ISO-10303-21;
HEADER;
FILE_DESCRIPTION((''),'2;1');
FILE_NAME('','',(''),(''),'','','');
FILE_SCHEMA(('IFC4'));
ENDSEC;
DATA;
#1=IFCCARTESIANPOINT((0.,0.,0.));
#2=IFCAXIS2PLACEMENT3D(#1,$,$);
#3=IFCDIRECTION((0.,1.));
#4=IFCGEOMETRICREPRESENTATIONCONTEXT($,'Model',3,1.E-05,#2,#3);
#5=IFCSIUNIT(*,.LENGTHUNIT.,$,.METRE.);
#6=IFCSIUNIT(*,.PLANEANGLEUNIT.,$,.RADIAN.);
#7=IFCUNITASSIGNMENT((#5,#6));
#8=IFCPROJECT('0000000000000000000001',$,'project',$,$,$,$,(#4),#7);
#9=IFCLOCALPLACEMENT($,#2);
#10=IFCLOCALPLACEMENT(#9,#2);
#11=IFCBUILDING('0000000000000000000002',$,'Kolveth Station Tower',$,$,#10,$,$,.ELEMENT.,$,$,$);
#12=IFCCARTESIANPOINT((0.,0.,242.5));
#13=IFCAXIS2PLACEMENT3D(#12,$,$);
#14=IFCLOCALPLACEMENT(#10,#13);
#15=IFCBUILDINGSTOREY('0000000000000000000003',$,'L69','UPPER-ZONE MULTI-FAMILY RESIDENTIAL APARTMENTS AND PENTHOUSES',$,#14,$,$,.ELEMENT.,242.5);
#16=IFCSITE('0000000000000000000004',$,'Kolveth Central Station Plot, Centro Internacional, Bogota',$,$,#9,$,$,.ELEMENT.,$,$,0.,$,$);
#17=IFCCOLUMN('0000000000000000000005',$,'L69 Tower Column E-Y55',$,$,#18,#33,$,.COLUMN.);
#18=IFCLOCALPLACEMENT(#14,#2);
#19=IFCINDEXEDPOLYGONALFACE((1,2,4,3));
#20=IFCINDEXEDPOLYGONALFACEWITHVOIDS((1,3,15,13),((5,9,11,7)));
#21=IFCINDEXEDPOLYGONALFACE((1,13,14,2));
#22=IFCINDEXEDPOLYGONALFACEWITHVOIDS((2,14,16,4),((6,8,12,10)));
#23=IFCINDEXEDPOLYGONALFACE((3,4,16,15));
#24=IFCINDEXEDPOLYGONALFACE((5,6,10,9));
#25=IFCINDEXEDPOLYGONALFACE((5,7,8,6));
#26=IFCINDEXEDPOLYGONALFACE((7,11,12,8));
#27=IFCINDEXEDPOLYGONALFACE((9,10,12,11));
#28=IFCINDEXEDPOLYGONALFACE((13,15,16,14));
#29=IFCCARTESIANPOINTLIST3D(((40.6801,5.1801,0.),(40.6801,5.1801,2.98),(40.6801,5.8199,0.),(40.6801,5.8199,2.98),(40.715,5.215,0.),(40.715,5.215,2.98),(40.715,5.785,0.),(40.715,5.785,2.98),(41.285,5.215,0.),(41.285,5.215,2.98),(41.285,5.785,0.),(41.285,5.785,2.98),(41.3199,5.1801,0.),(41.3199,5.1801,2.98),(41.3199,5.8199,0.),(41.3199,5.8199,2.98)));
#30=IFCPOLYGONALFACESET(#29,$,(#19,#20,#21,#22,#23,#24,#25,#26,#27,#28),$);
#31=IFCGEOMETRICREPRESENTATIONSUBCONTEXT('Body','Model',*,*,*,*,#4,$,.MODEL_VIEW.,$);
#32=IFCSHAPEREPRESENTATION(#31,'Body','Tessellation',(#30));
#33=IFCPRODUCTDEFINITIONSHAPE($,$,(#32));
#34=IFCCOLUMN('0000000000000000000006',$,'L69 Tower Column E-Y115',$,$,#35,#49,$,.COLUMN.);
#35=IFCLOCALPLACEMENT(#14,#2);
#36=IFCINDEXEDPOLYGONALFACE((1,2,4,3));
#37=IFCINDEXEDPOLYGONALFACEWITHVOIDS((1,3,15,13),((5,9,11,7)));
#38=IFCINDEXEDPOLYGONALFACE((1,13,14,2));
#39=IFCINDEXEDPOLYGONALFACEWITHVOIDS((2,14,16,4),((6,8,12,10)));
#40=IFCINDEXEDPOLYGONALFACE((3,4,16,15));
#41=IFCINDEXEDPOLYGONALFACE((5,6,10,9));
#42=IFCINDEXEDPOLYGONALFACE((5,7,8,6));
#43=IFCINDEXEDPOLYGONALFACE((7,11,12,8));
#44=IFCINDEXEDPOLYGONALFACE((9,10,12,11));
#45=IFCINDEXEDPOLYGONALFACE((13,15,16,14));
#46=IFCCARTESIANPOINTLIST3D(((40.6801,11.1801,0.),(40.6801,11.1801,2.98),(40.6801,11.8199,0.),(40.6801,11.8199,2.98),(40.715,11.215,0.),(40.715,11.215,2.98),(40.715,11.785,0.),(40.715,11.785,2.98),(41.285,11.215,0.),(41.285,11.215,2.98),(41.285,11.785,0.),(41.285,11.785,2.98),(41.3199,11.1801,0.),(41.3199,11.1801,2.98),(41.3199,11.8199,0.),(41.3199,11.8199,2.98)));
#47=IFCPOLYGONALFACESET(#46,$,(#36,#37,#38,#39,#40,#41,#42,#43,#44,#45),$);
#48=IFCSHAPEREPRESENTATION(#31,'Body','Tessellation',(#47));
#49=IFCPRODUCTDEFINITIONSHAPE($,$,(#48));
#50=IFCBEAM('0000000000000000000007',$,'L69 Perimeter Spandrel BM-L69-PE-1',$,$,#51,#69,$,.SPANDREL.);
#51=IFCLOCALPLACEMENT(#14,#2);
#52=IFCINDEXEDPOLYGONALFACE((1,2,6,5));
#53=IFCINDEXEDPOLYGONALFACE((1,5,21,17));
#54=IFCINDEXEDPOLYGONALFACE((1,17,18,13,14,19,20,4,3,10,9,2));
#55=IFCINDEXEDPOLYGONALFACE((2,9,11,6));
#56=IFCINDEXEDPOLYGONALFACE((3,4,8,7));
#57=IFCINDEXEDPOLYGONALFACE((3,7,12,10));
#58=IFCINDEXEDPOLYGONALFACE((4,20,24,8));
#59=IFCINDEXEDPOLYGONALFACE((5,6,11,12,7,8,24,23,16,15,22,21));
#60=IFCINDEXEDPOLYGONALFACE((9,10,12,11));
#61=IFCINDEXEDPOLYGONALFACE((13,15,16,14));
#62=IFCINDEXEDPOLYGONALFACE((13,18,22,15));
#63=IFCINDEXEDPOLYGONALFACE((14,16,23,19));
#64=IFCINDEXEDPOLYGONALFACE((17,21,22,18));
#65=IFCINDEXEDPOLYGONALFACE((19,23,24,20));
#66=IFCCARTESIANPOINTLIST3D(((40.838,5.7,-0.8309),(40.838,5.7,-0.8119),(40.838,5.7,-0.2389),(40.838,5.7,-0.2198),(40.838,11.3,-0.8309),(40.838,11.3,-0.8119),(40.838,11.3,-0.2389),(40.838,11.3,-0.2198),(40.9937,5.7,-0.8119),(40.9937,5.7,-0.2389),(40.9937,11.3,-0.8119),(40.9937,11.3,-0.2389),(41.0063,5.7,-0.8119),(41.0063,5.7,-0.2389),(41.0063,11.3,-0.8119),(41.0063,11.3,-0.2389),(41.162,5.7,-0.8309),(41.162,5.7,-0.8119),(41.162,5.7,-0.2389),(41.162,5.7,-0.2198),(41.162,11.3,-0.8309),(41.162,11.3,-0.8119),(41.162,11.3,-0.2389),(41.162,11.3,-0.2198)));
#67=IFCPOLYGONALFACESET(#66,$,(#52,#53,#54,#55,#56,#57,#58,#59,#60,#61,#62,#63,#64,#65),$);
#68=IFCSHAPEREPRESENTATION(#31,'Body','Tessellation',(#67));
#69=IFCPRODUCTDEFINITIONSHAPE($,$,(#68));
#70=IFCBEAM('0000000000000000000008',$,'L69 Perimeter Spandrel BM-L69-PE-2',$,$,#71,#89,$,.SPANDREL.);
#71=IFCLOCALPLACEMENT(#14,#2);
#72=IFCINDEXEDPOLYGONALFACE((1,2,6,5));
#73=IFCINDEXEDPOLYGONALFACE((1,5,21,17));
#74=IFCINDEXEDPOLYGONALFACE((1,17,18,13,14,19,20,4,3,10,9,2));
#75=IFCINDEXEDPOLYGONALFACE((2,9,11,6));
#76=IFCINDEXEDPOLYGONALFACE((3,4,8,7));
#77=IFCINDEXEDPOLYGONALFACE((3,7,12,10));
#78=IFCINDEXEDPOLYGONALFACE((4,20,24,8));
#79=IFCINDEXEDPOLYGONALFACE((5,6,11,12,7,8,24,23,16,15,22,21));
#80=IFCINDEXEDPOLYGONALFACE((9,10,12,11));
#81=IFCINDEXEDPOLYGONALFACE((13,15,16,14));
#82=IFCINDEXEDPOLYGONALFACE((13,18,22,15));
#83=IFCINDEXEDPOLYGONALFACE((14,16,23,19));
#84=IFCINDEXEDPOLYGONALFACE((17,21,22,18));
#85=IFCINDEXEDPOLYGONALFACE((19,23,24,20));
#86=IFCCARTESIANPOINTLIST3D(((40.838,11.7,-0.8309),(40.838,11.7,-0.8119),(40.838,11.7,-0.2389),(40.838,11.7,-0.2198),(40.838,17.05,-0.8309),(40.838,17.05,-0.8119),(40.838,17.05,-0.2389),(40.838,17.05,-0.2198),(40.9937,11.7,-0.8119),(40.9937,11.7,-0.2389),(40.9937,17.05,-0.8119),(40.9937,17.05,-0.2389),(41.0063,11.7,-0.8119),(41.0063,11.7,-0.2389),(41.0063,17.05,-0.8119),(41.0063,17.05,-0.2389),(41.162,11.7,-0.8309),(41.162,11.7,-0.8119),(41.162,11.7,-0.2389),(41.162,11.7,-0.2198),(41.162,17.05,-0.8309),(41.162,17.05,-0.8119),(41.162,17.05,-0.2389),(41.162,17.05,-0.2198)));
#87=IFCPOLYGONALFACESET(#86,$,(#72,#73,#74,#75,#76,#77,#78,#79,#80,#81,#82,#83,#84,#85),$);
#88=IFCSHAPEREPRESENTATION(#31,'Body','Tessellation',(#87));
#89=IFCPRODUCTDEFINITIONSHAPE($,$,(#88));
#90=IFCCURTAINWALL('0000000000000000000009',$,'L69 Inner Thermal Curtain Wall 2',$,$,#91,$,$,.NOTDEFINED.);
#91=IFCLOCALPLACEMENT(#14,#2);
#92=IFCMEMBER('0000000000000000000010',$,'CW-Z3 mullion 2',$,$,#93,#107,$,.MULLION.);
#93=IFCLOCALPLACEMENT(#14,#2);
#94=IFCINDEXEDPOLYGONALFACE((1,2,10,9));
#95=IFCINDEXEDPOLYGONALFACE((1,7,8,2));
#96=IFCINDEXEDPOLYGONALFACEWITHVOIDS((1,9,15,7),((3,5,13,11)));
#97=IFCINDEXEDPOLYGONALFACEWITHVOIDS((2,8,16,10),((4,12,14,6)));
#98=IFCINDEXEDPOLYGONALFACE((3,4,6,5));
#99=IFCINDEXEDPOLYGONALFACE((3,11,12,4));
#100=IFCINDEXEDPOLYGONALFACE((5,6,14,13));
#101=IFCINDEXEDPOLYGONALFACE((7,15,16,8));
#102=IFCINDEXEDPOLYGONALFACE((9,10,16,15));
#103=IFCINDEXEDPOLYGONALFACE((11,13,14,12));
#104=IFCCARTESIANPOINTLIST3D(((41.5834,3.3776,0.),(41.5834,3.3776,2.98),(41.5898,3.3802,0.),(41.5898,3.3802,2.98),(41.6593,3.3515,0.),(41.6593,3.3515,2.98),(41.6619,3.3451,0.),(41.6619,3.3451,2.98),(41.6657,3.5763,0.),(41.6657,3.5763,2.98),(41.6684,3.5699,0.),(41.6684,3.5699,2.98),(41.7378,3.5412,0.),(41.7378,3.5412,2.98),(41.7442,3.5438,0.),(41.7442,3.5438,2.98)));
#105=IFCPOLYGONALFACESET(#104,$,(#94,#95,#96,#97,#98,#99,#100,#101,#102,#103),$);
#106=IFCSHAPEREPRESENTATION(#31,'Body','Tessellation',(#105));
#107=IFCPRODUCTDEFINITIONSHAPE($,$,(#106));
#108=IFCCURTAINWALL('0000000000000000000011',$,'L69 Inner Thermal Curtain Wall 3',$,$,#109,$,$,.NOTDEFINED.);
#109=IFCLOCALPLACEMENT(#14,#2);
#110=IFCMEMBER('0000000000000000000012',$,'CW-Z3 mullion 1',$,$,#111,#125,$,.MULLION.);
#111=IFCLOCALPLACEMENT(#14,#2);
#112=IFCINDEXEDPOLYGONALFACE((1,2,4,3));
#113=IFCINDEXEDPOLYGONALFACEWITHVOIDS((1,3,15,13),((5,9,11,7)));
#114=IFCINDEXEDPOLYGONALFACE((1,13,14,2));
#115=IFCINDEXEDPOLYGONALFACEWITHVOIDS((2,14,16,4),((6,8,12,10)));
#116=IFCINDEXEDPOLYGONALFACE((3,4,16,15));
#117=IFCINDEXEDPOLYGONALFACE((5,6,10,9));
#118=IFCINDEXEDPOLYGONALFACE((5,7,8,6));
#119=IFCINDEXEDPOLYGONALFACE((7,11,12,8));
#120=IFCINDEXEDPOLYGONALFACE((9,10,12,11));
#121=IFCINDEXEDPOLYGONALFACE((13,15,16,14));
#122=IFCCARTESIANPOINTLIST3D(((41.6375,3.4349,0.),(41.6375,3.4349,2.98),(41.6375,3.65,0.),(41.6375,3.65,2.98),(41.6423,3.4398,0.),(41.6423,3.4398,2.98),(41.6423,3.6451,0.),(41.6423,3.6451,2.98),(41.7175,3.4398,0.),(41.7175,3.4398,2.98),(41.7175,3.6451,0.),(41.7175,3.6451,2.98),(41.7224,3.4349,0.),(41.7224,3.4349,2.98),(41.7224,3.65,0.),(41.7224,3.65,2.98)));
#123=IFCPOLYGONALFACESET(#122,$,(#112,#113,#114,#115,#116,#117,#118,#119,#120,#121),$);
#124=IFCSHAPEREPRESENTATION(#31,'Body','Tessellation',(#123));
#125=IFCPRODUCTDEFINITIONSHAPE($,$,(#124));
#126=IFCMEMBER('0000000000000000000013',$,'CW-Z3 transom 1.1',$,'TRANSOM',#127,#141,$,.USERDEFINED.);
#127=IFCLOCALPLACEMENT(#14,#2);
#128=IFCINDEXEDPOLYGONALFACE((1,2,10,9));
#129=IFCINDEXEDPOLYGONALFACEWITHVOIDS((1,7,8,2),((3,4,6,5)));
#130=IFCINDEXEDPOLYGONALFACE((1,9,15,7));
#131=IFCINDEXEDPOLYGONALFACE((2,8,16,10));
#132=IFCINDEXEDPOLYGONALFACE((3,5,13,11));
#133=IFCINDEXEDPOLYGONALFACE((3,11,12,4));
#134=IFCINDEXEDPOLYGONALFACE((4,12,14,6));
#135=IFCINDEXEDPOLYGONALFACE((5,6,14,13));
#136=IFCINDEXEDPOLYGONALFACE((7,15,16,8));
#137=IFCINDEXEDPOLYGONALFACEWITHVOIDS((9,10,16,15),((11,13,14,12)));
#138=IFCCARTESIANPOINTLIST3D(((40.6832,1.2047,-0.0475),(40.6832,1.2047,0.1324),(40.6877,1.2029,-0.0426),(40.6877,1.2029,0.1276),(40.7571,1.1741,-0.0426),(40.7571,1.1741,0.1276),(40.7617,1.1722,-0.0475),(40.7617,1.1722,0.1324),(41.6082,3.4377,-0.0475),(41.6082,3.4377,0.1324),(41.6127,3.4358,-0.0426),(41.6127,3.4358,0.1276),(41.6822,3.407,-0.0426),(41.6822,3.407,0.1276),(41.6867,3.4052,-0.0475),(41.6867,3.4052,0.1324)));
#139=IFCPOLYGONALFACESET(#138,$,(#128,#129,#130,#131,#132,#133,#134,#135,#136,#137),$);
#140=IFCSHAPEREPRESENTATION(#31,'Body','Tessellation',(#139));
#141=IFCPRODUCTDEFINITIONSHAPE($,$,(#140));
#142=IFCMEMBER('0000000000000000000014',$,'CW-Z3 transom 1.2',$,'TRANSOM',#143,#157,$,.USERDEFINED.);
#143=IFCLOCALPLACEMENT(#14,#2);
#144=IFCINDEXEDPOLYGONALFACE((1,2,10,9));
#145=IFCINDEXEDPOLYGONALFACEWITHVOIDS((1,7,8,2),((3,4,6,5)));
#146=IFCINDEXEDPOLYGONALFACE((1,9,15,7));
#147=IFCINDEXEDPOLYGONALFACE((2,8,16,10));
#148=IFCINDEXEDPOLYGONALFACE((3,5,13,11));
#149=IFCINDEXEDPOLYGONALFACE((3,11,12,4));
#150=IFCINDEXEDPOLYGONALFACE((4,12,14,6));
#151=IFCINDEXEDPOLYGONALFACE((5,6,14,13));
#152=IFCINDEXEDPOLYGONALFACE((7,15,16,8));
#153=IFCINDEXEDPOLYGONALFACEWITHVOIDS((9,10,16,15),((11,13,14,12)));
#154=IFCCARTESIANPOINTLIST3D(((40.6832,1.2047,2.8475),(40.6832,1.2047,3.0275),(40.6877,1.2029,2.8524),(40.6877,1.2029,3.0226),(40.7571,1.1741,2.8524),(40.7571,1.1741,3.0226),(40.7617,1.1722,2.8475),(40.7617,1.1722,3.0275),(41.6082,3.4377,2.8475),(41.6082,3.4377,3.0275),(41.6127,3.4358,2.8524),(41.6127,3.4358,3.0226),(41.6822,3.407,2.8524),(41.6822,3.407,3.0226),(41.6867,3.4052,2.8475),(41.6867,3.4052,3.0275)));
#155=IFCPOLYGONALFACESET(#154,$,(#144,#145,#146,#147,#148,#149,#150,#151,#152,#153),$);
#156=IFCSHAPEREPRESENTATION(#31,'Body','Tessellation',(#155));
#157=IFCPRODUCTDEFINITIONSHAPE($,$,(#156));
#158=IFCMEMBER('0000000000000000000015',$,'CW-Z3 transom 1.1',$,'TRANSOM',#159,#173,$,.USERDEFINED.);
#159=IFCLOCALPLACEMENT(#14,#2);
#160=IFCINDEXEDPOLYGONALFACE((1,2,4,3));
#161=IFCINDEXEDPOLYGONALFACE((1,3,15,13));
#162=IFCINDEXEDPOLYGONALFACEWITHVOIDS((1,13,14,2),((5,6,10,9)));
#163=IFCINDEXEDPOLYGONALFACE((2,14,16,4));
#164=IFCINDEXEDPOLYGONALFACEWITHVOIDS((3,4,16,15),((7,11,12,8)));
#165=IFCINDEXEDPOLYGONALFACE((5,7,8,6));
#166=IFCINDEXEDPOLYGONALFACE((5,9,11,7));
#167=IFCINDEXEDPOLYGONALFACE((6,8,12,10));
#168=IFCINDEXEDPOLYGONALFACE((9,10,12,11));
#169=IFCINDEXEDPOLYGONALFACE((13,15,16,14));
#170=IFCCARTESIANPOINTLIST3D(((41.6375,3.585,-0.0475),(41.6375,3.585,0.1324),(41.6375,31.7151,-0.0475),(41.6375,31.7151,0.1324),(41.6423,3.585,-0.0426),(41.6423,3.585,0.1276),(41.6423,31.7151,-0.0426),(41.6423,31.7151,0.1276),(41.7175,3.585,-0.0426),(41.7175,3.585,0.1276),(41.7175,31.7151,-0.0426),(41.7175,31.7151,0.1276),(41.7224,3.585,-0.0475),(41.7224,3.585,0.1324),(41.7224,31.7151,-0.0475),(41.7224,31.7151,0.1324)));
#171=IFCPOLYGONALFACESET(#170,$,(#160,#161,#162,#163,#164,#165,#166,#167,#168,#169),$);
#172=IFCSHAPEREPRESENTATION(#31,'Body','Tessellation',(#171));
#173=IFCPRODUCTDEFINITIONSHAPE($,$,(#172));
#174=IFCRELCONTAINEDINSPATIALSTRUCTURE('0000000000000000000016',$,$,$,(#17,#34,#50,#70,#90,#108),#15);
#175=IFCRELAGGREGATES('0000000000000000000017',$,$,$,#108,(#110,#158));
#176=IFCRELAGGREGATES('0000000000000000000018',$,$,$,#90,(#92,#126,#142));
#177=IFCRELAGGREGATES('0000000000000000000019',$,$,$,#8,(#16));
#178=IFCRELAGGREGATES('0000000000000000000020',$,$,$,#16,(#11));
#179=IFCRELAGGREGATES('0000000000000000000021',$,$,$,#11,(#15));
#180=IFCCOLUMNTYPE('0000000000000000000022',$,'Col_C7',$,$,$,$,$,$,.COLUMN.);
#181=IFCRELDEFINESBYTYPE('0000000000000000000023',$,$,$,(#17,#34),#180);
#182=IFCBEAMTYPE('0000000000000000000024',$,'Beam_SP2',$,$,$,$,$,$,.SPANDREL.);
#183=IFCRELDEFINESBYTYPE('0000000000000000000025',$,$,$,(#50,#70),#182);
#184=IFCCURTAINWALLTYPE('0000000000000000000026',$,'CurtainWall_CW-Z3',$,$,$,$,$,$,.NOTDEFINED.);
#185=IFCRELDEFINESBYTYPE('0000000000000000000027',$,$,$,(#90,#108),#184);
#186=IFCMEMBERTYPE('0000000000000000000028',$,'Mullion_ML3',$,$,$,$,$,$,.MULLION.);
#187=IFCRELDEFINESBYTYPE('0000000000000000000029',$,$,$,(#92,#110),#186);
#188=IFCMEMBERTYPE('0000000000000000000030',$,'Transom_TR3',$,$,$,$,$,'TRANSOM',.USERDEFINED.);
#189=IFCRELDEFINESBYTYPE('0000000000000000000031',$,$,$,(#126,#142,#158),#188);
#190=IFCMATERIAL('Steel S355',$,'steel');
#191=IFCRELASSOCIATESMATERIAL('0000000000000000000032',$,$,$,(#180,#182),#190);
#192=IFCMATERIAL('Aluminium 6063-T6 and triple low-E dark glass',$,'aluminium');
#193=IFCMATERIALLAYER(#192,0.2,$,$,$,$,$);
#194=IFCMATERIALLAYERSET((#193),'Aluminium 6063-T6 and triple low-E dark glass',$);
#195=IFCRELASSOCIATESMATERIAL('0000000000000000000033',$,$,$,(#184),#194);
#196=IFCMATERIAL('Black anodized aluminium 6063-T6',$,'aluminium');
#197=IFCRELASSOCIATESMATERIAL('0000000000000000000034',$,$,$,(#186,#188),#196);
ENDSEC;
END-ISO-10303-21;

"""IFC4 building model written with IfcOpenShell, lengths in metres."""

from ifc_helpers import new_model, si_unit, direction, frame, origin, origin_2d, place, context, subcontext, project, spatial, hollow_rectangle, i_section, extrude, source, transform, mapped, material, layer, layer_set, material_profile, profile_set, type_object, element, aggregate, save


model = new_model("IFC4")

# Units and contexts
model_context = context("Model", 3, precision=1e-05, world=origin(), true_north=direction((0.0, 1.0)))
body_context = subcontext(model_context, "Body", "Model", "MODEL_VIEW")
ifc_project = project(units=[si_unit("LENGTHUNIT", "METRE"), si_unit("PLANEANGLEUNIT", "RADIAN")], contexts=[model_context])

# Site, building, storey
site_placement = place(None, origin())
site = spatial("IfcSite", under=ifc_project, at=site_placement, Name="Kolveth Central Station Plot, Centro Internacional, Bogota", CompositionType="ELEMENT", RefElevation=0.0)
building_placement = place(site_placement, origin())
building = spatial("IfcBuilding", under=site, at=building_placement, Name="Kolveth Station Tower", CompositionType="ELEMENT")
storey_placement = place(building_placement, frame((0.0, 0.0, 242.5)))
storey = spatial("IfcBuildingStorey", under=building, at=storey_placement, Name="L69", Description="UPPER-ZONE MULTI-FAMILY RESIDENTIAL APARTMENTS AND PENTHOUSES", CompositionType="ELEMENT", Elevation=242.5)

# Columns
ifc_material_1 = material(Name="Steel S355", Category="steel")
ifc_material_profile_1 = material_profile(ifc_material_1, hollow_rectangle(XDim=0.6399, YDim=0.6399, WallThickness=0.0349, at=origin_2d()), Name="BOX640x640x35")
ifc_profile_set_1 = profile_set([ifc_material_profile_1], Name="Steel S355")
column_type = type_object("IfcColumnType", Name="Col_C7", PredefinedType="COLUMN", material=ifc_profile_set_1)
shared_shape_1 = source(origin(), body_context, "Body", "SweptSolid", [
    extrude(hollow_rectangle(XDim=0.6399, YDim=0.6399, WallThickness=0.0349, at=origin_2d()), origin(), (0.0, 0.0, 1.0), 2.98),
])
for number, where, z_axis, x_axis, name in (
    (1, (41.0, 5.5, 0.0), (0.0, 0.0, 1.0), (1.0, 0.0, 0.0), "L69 Tower Column E-Y55"),
    (2, (41.0, 11.5, 0.0), (0.0, 0.0, 1.0), (1.0, 0.0, 0.0), "L69 Tower Column E-Y115"),
):
    element("IfcColumn", number, at=place(storey_placement, frame(where, z_axis=z_axis, x_axis=x_axis)), inside=storey, type_object=column_type, Name=name, PredefinedType="COLUMN", context=body_context, shape_type="MappedRepresentation", body=[
        mapped(shared_shape_1, transform((0.0, 0.0, 0.0), x_axis=(1.0, 0.0, 0.0), y_axis=(0.0, 1.0, 0.0), z_axis=(0.0, 0.0, 1.0), scale=1.0)),
    ])

# Beams
ifc_material_profile_2 = material_profile(ifc_material_1, i_section(OverallWidth=0.324, OverallDepth=0.6111, WebThickness=0.0127, FlangeThickness=0.019, at=origin_2d()), Name="W610x155")
ifc_profile_set_2 = profile_set([ifc_material_profile_2], Name="Steel S355")
beam_type = type_object("IfcBeamType", Name="Beam_SP2", PredefinedType="SPANDREL", material=ifc_profile_set_2)
shared_shape_2 = source(origin(), body_context, "Body", "SweptSolid", [
    extrude(i_section(OverallWidth=0.324, OverallDepth=0.6111, WebThickness=0.0127, FlangeThickness=0.019, at=origin_2d()), origin(), (0.0, 0.0, 1.0), 5.6001),
])
beam_1_placement = place(storey_placement, frame((41.0, 5.7, -0.5254), z_axis=(0.0, 1.0, 0.0), x_axis=(-1.0, 0.0, 0.0)))
element("IfcBeam", 3, at=beam_1_placement, inside=storey, type_object=beam_type, Name="L69 Perimeter Spandrel BM-L69-PE-1", PredefinedType="SPANDREL", context=body_context, shape_type="MappedRepresentation", body=[
    mapped(shared_shape_2, transform((0.0, 0.0, 0.0), x_axis=(1.0, 0.0, 0.0), y_axis=(0.0, 1.0, 0.0), z_axis=(0.0, 0.0, 1.0), scale=1.0)),
])
shared_shape_3 = source(origin(), body_context, "Body", "SweptSolid", [
    extrude(i_section(OverallWidth=0.324, OverallDepth=0.6111, WebThickness=0.0127, FlangeThickness=0.019, at=origin_2d()), origin(), (0.0, 0.0, 1.0), 5.3501),
])
beam_2_placement = place(storey_placement, frame((41.0, 11.7, -0.5254), z_axis=(0.0, 1.0, 0.0), x_axis=(-1.0, 0.0, 0.0)))
element("IfcBeam", 4, at=beam_2_placement, inside=storey, type_object=beam_type, Name="L69 Perimeter Spandrel BM-L69-PE-2", PredefinedType="SPANDREL", context=body_context, shape_type="MappedRepresentation", body=[
    mapped(shared_shape_3, transform((0.0, 0.0, 0.0), x_axis=(1.0, 0.0, 0.0), y_axis=(0.0, 1.0, 0.0), z_axis=(0.0, 0.0, 1.0), scale=1.0)),
])

# Curtain walls, members
ifc_material_2 = material(Name="Aluminium 6063-T6 and triple low-E dark glass", Category="aluminium")
ifc_layer_1 = layer(ifc_material_2, 0.2)
ifc_layer_set_1 = layer_set([ifc_layer_1], Name="Aluminium 6063-T6 and triple low-E dark glass")
curtain_wall_type_1 = type_object("IfcCurtainWallType", Name="CurtainWall_CW-Z3", PredefinedType="NOTDEFINED", material=ifc_layer_set_1)
curtain_wall_1_placement = place(storey_placement, origin())
curtain_wall_1 = element("IfcCurtainWall", 5, at=curtain_wall_1_placement, inside=storey, type_object=curtain_wall_type_1, Name="L69 Inner Thermal Curtain Wall 2", PredefinedType="NOTDEFINED")
ifc_material_3 = material(Name="Black anodized aluminium 6063-T6", Category="aluminium")
ifc_material_profile_3 = material_profile(ifc_material_3, hollow_rectangle(XDim=0.085, YDim=0.2151, WallThickness=0.0049, at=origin_2d()), Name="ALU-85x215x5")
ifc_profile_set_3 = profile_set([ifc_material_profile_3], Name="Black anodized aluminium 6063-T6")
member_type_1 = type_object("IfcMemberType", Name="Mullion_ML3", PredefinedType="MULLION", material=ifc_profile_set_3)
shared_shape_4 = source(origin(), body_context, "Body", "SweptSolid", [
    extrude(hollow_rectangle(XDim=0.085, YDim=0.2151, WallThickness=0.0049, at=origin_2d()), origin(), (0.0, 0.0, 1.0), 2.98),
])
member_1_placement = place(storey_placement, frame((41.6638, 3.4607, 0.0), z_axis=(0.0, 0.0, 1.0), x_axis=(-0.923875, 0.382693, 0.0)))
member_1 = element("IfcMember", 6, at=member_1_placement, type_object=member_type_1, Name="CW-Z3 mullion 2", PredefinedType="MULLION", context=body_context, shape_type="MappedRepresentation", body=[
    mapped(shared_shape_4, transform((0.0, 0.0, 0.0), x_axis=(1.0, 0.0, 0.0), y_axis=(0.0, 1.0, 0.0), z_axis=(0.0, 0.0, 1.0), scale=1.0)),
])
curtain_wall_2_placement = place(storey_placement, origin())
curtain_wall_2 = element("IfcCurtainWall", 7, at=curtain_wall_2_placement, inside=storey, type_object=curtain_wall_type_1, Name="L69 Inner Thermal Curtain Wall 3", PredefinedType="NOTDEFINED")
member_2_placement = place(storey_placement, frame((41.6799, 3.5425, 0.0), z_axis=(0.0, 0.0, 1.0), x_axis=(-1.0, 0.0, 0.0)))
member_2 = element("IfcMember", 8, at=member_2_placement, type_object=member_type_1, Name="CW-Z3 mullion 1", PredefinedType="MULLION", context=body_context, shape_type="MappedRepresentation", body=[
    mapped(shared_shape_4, transform((0.0, 0.0, 0.0), x_axis=(1.0, 0.0, 0.0), y_axis=(0.0, 1.0, 0.0), z_axis=(0.0, 0.0, 1.0), scale=1.0)),
])

# Members
ifc_material_profile_4 = material_profile(ifc_material_3, hollow_rectangle(XDim=0.085, YDim=0.1799, WallThickness=0.0049, at=origin_2d()), Name="ALU-85x180x5")
ifc_profile_set_4 = profile_set([ifc_material_profile_4], Name="Black anodized aluminium 6063-T6")
member_type_2 = type_object("IfcMemberType", Name="Transom_TR3", ElementType="TRANSOM", PredefinedType="USERDEFINED", material=ifc_profile_set_4)
shared_shape_5 = source(origin(), body_context, "Body", "SweptSolid", [
    extrude(hollow_rectangle(XDim=0.085, YDim=0.1799, WallThickness=0.0049, at=origin_2d()), origin(), (0.0, 0.0, 1.0), 2.417),
])
member_3_placement = place(storey_placement, frame((40.7224, 1.1885, 0.0425), z_axis=(0.382735, 0.923858, 0.0), x_axis=(-0.923858, 0.382735, 0.0)))
member_3 = element("IfcMember", 9, at=member_3_placement, type_object=member_type_2, Name="CW-Z3 transom 1.1", ObjectType="TRANSOM", PredefinedType="USERDEFINED", context=body_context, shape_type="MappedRepresentation", body=[
    mapped(shared_shape_5, transform((0.0, 0.0, 0.0), x_axis=(1.0, 0.0, 0.0), y_axis=(0.0, 1.0, 0.0), z_axis=(0.0, 0.0, 1.0), scale=1.0)),
])
member_4_placement = place(storey_placement, frame((40.7224, 1.1885, 2.9375), z_axis=(0.382735, 0.923858, 0.0), x_axis=(-0.923858, 0.382735, 0.0)))
member_4 = element("IfcMember", 10, at=member_4_placement, type_object=member_type_2, Name="CW-Z3 transom 1.2", ObjectType="TRANSOM", PredefinedType="USERDEFINED", context=body_context, shape_type="MappedRepresentation", body=[
    mapped(shared_shape_5, transform((0.0, 0.0, 0.0), x_axis=(1.0, 0.0, 0.0), y_axis=(0.0, 1.0, 0.0), z_axis=(0.0, 0.0, 1.0), scale=1.0)),
])
shared_shape_6 = source(origin(), body_context, "Body", "SweptSolid", [
    extrude(hollow_rectangle(XDim=0.085, YDim=0.1799, WallThickness=0.0049, at=origin_2d()), origin(), (0.0, 0.0, 1.0), 28.1301),
])
member_5_placement = place(storey_placement, frame((41.6799, 3.585, 0.0425), z_axis=(0.0, 1.0, 0.0), x_axis=(-1.0, 0.0, 0.0)))
member_5 = element("IfcMember", 11, at=member_5_placement, type_object=member_type_2, Name="CW-Z3 transom 1.1", ObjectType="TRANSOM", PredefinedType="USERDEFINED", context=body_context, shape_type="MappedRepresentation", body=[
    mapped(shared_shape_6, transform((0.0, 0.0, 0.0), x_axis=(1.0, 0.0, 0.0), y_axis=(0.0, 1.0, 0.0), z_axis=(0.0, 0.0, 1.0), scale=1.0)),
])
aggregate(curtain_wall_2, [member_2, member_5])

aggregate(curtain_wall_1, [member_1, member_3, member_4])

save(model, "model.ifc")
